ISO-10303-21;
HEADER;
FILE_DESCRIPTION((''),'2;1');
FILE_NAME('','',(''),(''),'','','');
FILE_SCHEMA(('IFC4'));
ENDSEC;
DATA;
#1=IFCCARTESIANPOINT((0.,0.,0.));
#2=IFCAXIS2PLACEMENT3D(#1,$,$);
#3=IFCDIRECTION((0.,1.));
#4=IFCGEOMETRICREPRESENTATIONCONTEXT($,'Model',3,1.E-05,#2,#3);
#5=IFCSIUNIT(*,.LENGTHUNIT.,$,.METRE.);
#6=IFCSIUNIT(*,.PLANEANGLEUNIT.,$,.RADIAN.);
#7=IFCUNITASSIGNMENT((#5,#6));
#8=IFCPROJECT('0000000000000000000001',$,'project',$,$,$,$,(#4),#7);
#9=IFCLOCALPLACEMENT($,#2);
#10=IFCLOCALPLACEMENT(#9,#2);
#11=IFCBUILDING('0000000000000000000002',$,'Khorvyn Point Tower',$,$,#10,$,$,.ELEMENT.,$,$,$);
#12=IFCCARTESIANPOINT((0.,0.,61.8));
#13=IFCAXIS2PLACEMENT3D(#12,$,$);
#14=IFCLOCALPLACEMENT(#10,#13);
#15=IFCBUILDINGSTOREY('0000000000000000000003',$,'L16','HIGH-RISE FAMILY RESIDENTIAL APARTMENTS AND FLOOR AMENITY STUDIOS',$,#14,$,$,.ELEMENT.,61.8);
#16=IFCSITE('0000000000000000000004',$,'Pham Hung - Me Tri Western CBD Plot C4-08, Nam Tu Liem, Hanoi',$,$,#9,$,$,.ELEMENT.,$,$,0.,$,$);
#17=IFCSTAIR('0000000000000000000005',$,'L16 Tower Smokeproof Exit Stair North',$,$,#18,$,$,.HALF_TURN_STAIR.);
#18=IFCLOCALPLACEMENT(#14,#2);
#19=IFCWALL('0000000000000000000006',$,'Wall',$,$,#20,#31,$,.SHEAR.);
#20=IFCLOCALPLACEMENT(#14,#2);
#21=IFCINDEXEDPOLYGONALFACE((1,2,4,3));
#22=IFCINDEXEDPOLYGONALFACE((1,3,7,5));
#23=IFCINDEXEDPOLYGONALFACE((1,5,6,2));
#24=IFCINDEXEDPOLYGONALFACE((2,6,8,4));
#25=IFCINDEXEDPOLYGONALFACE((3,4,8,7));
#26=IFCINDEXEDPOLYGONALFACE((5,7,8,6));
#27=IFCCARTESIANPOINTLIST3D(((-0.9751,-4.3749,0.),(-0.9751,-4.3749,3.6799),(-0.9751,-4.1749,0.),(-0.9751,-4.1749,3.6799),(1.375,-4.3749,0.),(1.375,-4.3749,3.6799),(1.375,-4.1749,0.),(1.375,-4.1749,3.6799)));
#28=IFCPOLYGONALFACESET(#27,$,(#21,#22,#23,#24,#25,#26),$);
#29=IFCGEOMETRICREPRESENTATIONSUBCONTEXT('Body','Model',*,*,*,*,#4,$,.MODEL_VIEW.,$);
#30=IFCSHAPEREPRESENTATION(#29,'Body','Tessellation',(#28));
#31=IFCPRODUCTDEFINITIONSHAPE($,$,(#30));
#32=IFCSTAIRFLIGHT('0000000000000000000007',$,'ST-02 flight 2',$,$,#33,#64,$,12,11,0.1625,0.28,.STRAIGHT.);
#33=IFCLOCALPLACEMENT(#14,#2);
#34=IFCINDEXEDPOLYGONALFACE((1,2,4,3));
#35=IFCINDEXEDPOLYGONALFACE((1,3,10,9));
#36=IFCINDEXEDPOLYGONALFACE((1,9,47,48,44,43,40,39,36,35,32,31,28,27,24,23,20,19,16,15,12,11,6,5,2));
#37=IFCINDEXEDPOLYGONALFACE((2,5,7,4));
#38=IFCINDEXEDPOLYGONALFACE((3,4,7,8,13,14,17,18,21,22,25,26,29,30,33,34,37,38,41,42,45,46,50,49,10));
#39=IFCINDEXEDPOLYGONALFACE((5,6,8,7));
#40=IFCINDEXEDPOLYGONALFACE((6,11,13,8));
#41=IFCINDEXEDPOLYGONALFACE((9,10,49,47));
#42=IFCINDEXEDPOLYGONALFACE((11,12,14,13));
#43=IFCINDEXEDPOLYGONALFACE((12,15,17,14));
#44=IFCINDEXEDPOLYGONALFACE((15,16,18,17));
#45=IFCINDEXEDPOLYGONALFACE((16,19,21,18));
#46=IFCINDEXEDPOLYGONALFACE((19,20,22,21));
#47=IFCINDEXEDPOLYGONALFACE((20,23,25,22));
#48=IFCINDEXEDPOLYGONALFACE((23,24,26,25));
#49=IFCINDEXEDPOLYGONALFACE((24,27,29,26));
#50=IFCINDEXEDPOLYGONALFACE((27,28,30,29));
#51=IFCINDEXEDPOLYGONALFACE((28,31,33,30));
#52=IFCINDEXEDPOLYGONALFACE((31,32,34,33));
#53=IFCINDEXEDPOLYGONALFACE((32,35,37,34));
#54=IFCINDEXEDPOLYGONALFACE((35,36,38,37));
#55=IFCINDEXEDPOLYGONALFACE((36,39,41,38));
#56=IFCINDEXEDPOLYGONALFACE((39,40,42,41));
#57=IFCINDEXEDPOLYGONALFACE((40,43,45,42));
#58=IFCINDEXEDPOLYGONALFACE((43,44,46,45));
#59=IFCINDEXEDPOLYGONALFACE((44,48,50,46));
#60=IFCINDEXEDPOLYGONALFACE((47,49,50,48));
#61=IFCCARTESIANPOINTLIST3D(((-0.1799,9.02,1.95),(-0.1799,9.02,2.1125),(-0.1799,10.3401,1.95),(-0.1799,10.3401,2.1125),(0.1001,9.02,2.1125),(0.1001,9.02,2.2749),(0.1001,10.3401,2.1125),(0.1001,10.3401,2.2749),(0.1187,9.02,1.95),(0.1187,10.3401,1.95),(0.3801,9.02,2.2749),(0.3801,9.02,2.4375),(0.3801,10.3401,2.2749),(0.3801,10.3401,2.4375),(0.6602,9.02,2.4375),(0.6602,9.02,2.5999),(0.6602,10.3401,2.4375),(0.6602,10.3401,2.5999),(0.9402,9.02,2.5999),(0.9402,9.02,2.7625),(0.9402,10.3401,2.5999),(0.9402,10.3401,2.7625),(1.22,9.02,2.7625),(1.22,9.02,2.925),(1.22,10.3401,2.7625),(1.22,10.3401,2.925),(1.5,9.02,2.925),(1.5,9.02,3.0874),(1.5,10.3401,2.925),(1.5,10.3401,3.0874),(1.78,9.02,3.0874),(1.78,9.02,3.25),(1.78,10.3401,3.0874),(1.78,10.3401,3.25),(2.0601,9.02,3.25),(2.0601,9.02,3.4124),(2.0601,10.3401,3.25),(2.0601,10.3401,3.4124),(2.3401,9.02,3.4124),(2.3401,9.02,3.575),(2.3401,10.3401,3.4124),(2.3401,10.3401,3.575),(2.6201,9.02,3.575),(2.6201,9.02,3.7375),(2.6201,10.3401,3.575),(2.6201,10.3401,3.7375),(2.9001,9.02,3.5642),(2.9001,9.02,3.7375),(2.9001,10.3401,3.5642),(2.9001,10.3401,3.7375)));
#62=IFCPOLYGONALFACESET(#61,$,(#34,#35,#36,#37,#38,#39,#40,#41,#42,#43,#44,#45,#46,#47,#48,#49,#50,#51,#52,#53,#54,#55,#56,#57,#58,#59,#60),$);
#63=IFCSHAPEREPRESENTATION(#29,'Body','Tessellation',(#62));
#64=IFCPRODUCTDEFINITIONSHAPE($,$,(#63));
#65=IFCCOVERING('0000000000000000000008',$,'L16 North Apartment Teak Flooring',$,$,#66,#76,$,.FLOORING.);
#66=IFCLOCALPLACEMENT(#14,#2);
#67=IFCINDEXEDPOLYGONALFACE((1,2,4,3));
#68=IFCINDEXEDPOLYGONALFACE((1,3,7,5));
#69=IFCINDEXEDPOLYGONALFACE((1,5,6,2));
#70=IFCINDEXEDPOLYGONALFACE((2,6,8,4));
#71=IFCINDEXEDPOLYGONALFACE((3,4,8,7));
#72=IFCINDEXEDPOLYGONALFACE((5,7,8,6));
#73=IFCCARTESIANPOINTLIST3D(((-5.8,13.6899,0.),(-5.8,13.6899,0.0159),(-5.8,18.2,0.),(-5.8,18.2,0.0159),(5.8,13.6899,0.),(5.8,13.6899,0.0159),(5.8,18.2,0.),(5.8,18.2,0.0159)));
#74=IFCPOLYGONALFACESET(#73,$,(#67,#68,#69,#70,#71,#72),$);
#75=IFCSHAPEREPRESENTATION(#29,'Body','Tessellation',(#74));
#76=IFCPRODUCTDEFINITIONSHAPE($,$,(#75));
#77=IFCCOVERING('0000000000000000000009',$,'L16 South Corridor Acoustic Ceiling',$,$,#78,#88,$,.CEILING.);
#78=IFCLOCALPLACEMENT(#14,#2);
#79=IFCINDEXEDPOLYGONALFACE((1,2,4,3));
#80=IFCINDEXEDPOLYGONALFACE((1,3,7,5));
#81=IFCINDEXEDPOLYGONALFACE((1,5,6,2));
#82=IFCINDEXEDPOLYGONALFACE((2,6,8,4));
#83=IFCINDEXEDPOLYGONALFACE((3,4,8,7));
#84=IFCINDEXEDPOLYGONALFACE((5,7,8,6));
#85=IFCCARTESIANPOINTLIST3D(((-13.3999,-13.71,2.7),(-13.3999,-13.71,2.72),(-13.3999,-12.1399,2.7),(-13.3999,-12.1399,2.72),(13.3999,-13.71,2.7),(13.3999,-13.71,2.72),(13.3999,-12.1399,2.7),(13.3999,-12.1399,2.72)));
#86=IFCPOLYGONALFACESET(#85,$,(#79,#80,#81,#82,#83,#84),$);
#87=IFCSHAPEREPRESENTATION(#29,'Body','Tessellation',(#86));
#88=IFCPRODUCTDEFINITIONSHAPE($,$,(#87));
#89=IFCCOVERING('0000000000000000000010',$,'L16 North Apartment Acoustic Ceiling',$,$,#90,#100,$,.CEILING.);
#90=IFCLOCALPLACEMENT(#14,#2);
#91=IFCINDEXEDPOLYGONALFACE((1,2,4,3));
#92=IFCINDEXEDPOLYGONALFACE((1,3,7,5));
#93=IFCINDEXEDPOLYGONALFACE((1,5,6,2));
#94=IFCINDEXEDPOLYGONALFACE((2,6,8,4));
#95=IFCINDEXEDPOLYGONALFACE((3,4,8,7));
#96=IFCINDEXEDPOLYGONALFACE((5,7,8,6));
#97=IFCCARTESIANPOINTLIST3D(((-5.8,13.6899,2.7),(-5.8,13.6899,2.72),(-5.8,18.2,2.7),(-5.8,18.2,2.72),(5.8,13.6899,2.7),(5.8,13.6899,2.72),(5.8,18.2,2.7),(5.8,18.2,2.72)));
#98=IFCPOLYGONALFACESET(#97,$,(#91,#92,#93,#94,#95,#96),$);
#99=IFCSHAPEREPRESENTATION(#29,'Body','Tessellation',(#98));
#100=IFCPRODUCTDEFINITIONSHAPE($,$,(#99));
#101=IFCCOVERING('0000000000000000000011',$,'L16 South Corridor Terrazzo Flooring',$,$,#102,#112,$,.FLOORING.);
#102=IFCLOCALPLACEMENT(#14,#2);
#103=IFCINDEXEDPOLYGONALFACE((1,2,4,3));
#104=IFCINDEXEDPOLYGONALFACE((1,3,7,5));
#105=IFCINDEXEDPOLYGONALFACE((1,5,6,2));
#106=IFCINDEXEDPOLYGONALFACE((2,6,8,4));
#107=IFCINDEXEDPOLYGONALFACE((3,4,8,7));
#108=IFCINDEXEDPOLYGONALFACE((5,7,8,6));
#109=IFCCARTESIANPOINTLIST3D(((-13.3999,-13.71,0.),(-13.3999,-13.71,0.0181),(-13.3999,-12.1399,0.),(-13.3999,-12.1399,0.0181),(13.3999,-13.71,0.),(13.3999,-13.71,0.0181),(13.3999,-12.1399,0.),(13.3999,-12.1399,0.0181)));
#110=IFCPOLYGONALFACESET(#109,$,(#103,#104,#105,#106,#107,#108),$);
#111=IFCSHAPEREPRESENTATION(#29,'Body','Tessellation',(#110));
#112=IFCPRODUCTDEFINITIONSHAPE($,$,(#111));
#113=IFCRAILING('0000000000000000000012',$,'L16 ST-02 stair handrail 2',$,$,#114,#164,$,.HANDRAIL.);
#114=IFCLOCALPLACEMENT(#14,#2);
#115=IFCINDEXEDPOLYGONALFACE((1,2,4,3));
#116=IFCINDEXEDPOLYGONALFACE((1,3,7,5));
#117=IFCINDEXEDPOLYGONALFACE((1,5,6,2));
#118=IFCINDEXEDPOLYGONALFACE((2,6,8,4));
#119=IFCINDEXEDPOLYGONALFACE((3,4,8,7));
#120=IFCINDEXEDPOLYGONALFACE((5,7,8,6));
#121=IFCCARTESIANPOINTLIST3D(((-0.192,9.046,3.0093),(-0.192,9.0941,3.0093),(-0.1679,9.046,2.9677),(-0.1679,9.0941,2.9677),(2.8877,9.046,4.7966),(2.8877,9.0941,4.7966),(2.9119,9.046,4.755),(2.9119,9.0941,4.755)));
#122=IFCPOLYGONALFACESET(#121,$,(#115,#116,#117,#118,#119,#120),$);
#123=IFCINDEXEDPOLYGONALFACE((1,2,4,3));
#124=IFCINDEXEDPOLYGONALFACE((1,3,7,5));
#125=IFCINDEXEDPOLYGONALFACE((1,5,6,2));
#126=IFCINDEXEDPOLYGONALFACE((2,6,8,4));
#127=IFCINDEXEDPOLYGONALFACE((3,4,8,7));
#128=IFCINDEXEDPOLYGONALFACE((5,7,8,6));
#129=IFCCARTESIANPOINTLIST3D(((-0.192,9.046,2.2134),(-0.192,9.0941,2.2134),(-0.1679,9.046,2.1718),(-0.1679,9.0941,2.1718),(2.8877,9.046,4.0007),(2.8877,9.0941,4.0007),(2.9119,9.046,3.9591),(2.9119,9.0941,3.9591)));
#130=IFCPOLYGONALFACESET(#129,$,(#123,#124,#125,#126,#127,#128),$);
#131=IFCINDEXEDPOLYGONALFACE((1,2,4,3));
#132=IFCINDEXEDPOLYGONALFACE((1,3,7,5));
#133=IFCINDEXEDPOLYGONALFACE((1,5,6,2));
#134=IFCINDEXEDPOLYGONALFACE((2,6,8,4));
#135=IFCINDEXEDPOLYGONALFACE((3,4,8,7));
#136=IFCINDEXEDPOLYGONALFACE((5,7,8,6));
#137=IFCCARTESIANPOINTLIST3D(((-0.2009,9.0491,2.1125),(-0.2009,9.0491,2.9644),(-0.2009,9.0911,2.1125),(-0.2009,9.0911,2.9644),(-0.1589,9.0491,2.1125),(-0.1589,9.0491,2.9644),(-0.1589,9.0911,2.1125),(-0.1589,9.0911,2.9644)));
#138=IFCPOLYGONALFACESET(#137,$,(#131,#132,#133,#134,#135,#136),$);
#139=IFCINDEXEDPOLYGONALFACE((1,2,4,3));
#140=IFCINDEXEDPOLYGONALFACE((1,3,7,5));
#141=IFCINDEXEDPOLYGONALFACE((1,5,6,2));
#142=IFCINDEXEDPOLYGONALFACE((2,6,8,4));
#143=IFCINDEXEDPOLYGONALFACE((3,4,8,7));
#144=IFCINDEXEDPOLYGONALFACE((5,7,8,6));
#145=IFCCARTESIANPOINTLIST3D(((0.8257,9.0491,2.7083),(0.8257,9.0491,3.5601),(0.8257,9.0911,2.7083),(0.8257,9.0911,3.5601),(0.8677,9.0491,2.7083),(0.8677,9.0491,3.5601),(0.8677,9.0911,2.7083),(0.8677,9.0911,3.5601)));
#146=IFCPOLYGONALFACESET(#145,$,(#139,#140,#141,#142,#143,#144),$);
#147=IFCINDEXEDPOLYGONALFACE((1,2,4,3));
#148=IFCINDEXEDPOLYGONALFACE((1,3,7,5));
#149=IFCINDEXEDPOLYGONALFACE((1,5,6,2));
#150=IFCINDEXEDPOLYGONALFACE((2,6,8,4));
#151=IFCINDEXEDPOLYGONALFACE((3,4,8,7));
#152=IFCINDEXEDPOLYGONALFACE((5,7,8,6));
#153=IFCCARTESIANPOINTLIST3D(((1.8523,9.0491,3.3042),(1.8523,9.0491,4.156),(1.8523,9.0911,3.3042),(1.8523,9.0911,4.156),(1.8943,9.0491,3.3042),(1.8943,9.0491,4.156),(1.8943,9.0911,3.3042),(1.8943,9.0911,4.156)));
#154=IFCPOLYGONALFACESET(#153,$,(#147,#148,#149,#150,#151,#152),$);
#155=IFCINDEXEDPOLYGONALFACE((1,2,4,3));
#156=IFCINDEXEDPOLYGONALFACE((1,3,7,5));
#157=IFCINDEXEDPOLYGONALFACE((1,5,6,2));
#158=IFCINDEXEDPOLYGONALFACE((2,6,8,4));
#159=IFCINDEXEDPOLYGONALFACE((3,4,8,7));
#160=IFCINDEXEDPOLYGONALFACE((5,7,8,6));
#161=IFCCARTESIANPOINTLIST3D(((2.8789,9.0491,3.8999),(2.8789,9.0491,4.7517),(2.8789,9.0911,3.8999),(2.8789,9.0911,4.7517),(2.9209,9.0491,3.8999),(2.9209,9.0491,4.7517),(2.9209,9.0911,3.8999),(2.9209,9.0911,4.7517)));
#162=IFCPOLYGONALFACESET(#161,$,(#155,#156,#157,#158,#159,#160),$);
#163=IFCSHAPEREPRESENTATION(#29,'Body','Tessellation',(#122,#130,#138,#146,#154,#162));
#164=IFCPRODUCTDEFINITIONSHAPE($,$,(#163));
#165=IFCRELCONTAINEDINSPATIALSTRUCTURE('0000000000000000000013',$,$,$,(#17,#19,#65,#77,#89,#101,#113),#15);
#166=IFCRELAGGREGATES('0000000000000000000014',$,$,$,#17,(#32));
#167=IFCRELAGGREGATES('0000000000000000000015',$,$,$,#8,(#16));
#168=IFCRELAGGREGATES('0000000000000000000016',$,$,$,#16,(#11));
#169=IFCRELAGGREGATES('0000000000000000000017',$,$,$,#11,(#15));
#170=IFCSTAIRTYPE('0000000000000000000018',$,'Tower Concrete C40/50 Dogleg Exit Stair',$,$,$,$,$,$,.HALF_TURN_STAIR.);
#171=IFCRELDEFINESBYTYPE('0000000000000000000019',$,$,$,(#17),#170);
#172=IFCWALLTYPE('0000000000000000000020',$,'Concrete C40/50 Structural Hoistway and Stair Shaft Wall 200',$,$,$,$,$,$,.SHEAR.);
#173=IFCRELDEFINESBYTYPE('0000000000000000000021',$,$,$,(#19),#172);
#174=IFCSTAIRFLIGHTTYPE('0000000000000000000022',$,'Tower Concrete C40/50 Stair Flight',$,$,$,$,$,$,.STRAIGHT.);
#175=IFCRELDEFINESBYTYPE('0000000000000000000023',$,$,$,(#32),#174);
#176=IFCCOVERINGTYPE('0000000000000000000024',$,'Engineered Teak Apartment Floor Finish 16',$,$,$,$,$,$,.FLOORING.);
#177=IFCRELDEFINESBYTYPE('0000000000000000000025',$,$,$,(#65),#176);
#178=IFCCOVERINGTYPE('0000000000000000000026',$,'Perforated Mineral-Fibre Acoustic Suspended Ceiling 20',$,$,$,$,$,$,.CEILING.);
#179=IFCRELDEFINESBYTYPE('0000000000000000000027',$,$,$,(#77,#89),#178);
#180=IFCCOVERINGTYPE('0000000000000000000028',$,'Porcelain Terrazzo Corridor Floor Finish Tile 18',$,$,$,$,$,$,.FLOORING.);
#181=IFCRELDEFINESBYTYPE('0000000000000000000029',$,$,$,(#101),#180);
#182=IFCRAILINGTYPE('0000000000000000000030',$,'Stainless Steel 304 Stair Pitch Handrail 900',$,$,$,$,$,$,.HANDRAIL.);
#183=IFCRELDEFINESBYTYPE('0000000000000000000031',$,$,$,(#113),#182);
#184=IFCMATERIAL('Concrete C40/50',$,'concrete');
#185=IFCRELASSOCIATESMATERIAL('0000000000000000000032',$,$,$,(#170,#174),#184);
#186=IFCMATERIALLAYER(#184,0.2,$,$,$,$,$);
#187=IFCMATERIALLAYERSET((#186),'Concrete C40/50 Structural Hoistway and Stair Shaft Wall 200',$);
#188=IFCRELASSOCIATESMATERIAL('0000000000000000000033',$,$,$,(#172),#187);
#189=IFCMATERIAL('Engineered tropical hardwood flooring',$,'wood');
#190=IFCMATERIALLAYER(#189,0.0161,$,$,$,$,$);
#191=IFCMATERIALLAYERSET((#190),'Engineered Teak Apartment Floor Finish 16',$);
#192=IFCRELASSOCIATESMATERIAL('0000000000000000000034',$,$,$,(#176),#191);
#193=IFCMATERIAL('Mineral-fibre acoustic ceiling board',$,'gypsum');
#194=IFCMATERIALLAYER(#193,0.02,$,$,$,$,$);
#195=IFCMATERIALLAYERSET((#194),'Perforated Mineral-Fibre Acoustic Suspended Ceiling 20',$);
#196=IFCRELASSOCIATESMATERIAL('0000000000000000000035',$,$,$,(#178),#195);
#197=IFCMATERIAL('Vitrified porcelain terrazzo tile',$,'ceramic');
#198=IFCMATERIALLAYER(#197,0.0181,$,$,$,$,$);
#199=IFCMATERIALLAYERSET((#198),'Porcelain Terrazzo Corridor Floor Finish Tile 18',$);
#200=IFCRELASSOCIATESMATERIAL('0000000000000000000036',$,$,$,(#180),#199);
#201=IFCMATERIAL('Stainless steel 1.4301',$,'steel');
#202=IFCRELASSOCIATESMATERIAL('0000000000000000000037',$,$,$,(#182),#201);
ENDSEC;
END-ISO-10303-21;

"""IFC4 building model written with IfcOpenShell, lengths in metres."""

from ifc_helpers import new_model, si_unit, direction, frame, frame_2d, origin, origin_2d, place, context, subcontext, project, spatial, polyline, rectangle, outline, extrude, material, layer, layer_set, type_object, element, aggregate, save


model = new_model("IFC4")

# Units and contexts
model_context = context("Model", 3, precision=1e-05, world=origin(), true_north=direction((0.0, 1.0)))
body_context = subcontext(model_context, "Body", "Model", "MODEL_VIEW")
ifc_project = project(units=[si_unit("LENGTHUNIT", "METRE"), si_unit("PLANEANGLEUNIT", "RADIAN")], contexts=[model_context])

# Site, building, storey
site_placement = place(None, origin())
site = spatial("IfcSite", under=ifc_project, at=site_placement, Name="Pham Hung - Me Tri Western CBD Plot C4-08, Nam Tu Liem, Hanoi", CompositionType="ELEMENT", RefElevation=0.0)
building_placement = place(site_placement, origin())
building = spatial("IfcBuilding", under=site, at=building_placement, Name="Khorvyn Point Tower", CompositionType="ELEMENT")
storey_placement = place(building_placement, frame((0.0, 0.0, 61.8)))
storey = spatial("IfcBuildingStorey", under=building, at=storey_placement, Name="L16", Description="HIGH-RISE FAMILY RESIDENTIAL APARTMENTS AND FLOOR AMENITY STUDIOS", CompositionType="ELEMENT", Elevation=61.8)

# Shared definitions
ifc_material_1 = material(Name="Concrete C40/50", Category="concrete")

# Stair
stair_type = type_object("IfcStairType", Name="Tower Concrete C40/50 Dogleg Exit Stair", PredefinedType="HALF_TURN_STAIR", material=ifc_material_1)
stair_1_placement = place(storey_placement, origin())
stair_1 = element("IfcStair", 1, at=stair_1_placement, inside=storey, type_object=stair_type, Name="L16 Tower Smokeproof Exit Stair North", PredefinedType="HALF_TURN_STAIR")

# Shared definitions
ifc_layer_1 = layer(ifc_material_1, 0.2)
ifc_layer_set_1 = layer_set([ifc_layer_1], Name="Concrete C40/50 Structural Hoistway and Stair Shaft Wall 200")
wall_type_1 = type_object("IfcWallType", Name="Concrete C40/50 Structural Hoistway and Stair Shaft Wall 200", PredefinedType="SHEAR", material=ifc_layer_set_1)

# Shared definitions
ifc_material_2 = material(Name="Stainless steel 1.4301", Category="steel")

# Wall
wall_1_placement = place(storey_placement, frame((-0.9751, -4.2749, 0.0), z_axis=(0.0, 0.0, 1.0), x_axis=(1.0, 0.0, 0.0)))
element("IfcWall", 2, at=wall_1_placement, inside=storey, type_object=wall_type_1, Name="Wall", PredefinedType="SHEAR", context=body_context, shape_type="SweptSolid", body=[
    extrude(rectangle(XDim=2.3501, YDim=0.2, at=frame_2d((1.175, 0.0))), origin(), (0.0, 0.0, 1.0), 3.6799),
])

# Stair flight
stair_flight_type = type_object("IfcStairFlightType", Name="Tower Concrete C40/50 Stair Flight", PredefinedType="STRAIGHT", material=ifc_material_1)
stair_flight_placement = place(storey_placement, frame((-0.1799, 9.6799, 1.95), z_axis=(0.0, 0.0, 1.0), x_axis=(1.0, 0.0, 0.0)))
stair_flight = element("IfcStairFlight", 3, at=stair_flight_placement, type_object=stair_flight_type, Name="ST-02 flight 2", NumberOfRisers=12, NumberOfTreads=11, PredefinedType="STRAIGHT", RiserHeight=0.1625, TreadLength=0.28, context=body_context, shape_type="SweptSolid", body=[
    extrude(outline(polyline([(0.0, 0.0), (0.0, 0.1626), (0.28, 0.1626), (0.28, 0.325), (0.5601, 0.325), (0.5601, 0.4875), (0.8401, 0.4875), (0.8401, 0.6499), (1.1201, 0.6499), (1.1201, 0.8125), (1.3999, 0.8125), (1.3999, 0.9751), (1.6799, 0.9751), (1.6799, 1.1375), (1.96, 1.1375), (1.96, 1.3), (2.24, 1.3), (2.24, 1.4624), (2.52, 1.4624), (2.52, 1.625), (2.8, 1.625), (2.8, 1.7876), (3.0801, 1.7876), (3.0801, 1.95), (3.0801, 1.6143), (0.2986, 0.0), (0.0, 0.0)])), frame((0.0, 0.6602, 0.0), z_axis=(0.0, -1.0, 0.0), x_axis=(1.0, 0.0, 0.0)), (0.0, 0.0, 1.0), 1.3201),
])
aggregate(stair_1, [stair_flight])

# Coverings
ifc_material_3 = material(Name="Engineered tropical hardwood flooring", Category="wood")
ifc_layer_2 = layer(ifc_material_3, 0.0161)
ifc_layer_set_2 = layer_set([ifc_layer_2], Name="Engineered Teak Apartment Floor Finish 16")
covering_type_1 = type_object("IfcCoveringType", Name="Engineered Teak Apartment Floor Finish 16", PredefinedType="FLOORING", material=ifc_layer_set_2)
covering_1_placement = place(storey_placement, origin())
element("IfcCovering", 4, at=covering_1_placement, inside=storey, type_object=covering_type_1, Name="L16 North Apartment Teak Flooring", PredefinedType="FLOORING", context=body_context, shape_type="SweptSolid", body=[
    extrude(outline(polyline([(-5.8, 13.6899), (5.8, 13.6899), (5.8, 18.2), (-5.8, 18.2), (-5.8, 13.6899)])), origin(), (0.0, 0.0, 1.0), 0.0159),
])
ifc_material_4 = material(Name="Mineral-fibre acoustic ceiling board", Category="gypsum")
ifc_layer_3 = layer(ifc_material_4, 0.02)
ifc_layer_set_3 = layer_set([ifc_layer_3], Name="Perforated Mineral-Fibre Acoustic Suspended Ceiling 20")
covering_type_2 = type_object("IfcCoveringType", Name="Perforated Mineral-Fibre Acoustic Suspended Ceiling 20", PredefinedType="CEILING", material=ifc_layer_set_3)
covering_2_placement = place(storey_placement, frame((0.0, 0.0, 2.7)))
element("IfcCovering", 5, at=covering_2_placement, inside=storey, type_object=covering_type_2, Name="L16 South Corridor Acoustic Ceiling", PredefinedType="CEILING", context=body_context, shape_type="SweptSolid", body=[
    extrude(outline(polyline([(-13.3999, -13.71), (13.3999, -13.71), (13.3999, -12.1399), (-13.3999, -12.1399), (-13.3999, -13.71)])), origin(), (0.0, 0.0, 1.0), 0.02),
])
covering_3_placement = place(storey_placement, frame((0.0, 0.0, 2.7)))
element("IfcCovering", 6, at=covering_3_placement, inside=storey, type_object=covering_type_2, Name="L16 North Apartment Acoustic Ceiling", PredefinedType="CEILING", context=body_context, shape_type="SweptSolid", body=[
    extrude(outline(polyline([(-5.8, 13.6899), (5.8, 13.6899), (5.8, 18.2), (-5.8, 18.2), (-5.8, 13.6899)])), origin(), (0.0, 0.0, 1.0), 0.02),
])
ifc_material_5 = material(Name="Vitrified porcelain terrazzo tile", Category="ceramic")
ifc_layer_4 = layer(ifc_material_5, 0.0181)
ifc_layer_set_4 = layer_set([ifc_layer_4], Name="Porcelain Terrazzo Corridor Floor Finish Tile 18")
covering_type_3 = type_object("IfcCoveringType", Name="Porcelain Terrazzo Corridor Floor Finish Tile 18", PredefinedType="FLOORING", material=ifc_layer_set_4)
covering_4_placement = place(storey_placement, origin())
element("IfcCovering", 7, at=covering_4_placement, inside=storey, type_object=covering_type_3, Name="L16 South Corridor Terrazzo Flooring", PredefinedType="FLOORING", context=body_context, shape_type="SweptSolid", body=[
    extrude(outline(polyline([(-13.3999, -13.71), (13.3999, -13.71), (13.3999, -12.1399), (-13.3999, -12.1399), (-13.3999, -13.71)])), origin(), (0.0, 0.0, 1.0), 0.0181),
])

# Railing
railing_type_1 = type_object("IfcRailingType", Name="Stainless Steel 304 Stair Pitch Handrail 900", PredefinedType="HANDRAIL", material=ifc_material_2)
railing_1_placement = place(storey_placement, frame((-0.1799, 9.0701, 2.1125)))
element("IfcRailing", 8, at=railing_1_placement, inside=storey, type_object=railing_type_1, Name="L16 ST-02 stair handrail 2", PredefinedType="HANDRAIL", context=body_context, shape_type="SweptSolid", body=[
    extrude(rectangle(XDim=0.0481, YDim=0.0481, at=origin_2d()), frame((0.0, 0.0, 0.876), z_axis=(0.864903, 0.0, 0.501939), x_axis=(0.0, 1.0, 0.0)), (0.0, 0.0, 1.0), 3.5608),
    extrude(rectangle(XDim=0.0481, YDim=0.0481, at=origin_2d()), frame((0.0, 0.0, 0.0801), z_axis=(0.864903, 0.0, 0.501939), x_axis=(0.0, 1.0, 0.0)), (0.0, 0.0, 1.0), 3.5608),
    extrude(rectangle(XDim=0.042, YDim=0.042, at=origin_2d()), origin(), (0.0, 0.0, 1.0), 0.8518),
    extrude(rectangle(XDim=0.042, YDim=0.042, at=origin_2d()), frame((1.0266, 0.0, 0.5957)), (0.0, 0.0, 1.0), 0.8518),
    extrude(rectangle(XDim=0.042, YDim=0.042, at=origin_2d()), frame((2.0532, 0.0, 1.1917)), (0.0, 0.0, 1.0), 0.8518),
    extrude(rectangle(XDim=0.042, YDim=0.042, at=origin_2d()), frame((3.0798, 0.0, 1.7874)), (0.0, 0.0, 1.0), 0.8518),
])

save(model, "model.ifc")
